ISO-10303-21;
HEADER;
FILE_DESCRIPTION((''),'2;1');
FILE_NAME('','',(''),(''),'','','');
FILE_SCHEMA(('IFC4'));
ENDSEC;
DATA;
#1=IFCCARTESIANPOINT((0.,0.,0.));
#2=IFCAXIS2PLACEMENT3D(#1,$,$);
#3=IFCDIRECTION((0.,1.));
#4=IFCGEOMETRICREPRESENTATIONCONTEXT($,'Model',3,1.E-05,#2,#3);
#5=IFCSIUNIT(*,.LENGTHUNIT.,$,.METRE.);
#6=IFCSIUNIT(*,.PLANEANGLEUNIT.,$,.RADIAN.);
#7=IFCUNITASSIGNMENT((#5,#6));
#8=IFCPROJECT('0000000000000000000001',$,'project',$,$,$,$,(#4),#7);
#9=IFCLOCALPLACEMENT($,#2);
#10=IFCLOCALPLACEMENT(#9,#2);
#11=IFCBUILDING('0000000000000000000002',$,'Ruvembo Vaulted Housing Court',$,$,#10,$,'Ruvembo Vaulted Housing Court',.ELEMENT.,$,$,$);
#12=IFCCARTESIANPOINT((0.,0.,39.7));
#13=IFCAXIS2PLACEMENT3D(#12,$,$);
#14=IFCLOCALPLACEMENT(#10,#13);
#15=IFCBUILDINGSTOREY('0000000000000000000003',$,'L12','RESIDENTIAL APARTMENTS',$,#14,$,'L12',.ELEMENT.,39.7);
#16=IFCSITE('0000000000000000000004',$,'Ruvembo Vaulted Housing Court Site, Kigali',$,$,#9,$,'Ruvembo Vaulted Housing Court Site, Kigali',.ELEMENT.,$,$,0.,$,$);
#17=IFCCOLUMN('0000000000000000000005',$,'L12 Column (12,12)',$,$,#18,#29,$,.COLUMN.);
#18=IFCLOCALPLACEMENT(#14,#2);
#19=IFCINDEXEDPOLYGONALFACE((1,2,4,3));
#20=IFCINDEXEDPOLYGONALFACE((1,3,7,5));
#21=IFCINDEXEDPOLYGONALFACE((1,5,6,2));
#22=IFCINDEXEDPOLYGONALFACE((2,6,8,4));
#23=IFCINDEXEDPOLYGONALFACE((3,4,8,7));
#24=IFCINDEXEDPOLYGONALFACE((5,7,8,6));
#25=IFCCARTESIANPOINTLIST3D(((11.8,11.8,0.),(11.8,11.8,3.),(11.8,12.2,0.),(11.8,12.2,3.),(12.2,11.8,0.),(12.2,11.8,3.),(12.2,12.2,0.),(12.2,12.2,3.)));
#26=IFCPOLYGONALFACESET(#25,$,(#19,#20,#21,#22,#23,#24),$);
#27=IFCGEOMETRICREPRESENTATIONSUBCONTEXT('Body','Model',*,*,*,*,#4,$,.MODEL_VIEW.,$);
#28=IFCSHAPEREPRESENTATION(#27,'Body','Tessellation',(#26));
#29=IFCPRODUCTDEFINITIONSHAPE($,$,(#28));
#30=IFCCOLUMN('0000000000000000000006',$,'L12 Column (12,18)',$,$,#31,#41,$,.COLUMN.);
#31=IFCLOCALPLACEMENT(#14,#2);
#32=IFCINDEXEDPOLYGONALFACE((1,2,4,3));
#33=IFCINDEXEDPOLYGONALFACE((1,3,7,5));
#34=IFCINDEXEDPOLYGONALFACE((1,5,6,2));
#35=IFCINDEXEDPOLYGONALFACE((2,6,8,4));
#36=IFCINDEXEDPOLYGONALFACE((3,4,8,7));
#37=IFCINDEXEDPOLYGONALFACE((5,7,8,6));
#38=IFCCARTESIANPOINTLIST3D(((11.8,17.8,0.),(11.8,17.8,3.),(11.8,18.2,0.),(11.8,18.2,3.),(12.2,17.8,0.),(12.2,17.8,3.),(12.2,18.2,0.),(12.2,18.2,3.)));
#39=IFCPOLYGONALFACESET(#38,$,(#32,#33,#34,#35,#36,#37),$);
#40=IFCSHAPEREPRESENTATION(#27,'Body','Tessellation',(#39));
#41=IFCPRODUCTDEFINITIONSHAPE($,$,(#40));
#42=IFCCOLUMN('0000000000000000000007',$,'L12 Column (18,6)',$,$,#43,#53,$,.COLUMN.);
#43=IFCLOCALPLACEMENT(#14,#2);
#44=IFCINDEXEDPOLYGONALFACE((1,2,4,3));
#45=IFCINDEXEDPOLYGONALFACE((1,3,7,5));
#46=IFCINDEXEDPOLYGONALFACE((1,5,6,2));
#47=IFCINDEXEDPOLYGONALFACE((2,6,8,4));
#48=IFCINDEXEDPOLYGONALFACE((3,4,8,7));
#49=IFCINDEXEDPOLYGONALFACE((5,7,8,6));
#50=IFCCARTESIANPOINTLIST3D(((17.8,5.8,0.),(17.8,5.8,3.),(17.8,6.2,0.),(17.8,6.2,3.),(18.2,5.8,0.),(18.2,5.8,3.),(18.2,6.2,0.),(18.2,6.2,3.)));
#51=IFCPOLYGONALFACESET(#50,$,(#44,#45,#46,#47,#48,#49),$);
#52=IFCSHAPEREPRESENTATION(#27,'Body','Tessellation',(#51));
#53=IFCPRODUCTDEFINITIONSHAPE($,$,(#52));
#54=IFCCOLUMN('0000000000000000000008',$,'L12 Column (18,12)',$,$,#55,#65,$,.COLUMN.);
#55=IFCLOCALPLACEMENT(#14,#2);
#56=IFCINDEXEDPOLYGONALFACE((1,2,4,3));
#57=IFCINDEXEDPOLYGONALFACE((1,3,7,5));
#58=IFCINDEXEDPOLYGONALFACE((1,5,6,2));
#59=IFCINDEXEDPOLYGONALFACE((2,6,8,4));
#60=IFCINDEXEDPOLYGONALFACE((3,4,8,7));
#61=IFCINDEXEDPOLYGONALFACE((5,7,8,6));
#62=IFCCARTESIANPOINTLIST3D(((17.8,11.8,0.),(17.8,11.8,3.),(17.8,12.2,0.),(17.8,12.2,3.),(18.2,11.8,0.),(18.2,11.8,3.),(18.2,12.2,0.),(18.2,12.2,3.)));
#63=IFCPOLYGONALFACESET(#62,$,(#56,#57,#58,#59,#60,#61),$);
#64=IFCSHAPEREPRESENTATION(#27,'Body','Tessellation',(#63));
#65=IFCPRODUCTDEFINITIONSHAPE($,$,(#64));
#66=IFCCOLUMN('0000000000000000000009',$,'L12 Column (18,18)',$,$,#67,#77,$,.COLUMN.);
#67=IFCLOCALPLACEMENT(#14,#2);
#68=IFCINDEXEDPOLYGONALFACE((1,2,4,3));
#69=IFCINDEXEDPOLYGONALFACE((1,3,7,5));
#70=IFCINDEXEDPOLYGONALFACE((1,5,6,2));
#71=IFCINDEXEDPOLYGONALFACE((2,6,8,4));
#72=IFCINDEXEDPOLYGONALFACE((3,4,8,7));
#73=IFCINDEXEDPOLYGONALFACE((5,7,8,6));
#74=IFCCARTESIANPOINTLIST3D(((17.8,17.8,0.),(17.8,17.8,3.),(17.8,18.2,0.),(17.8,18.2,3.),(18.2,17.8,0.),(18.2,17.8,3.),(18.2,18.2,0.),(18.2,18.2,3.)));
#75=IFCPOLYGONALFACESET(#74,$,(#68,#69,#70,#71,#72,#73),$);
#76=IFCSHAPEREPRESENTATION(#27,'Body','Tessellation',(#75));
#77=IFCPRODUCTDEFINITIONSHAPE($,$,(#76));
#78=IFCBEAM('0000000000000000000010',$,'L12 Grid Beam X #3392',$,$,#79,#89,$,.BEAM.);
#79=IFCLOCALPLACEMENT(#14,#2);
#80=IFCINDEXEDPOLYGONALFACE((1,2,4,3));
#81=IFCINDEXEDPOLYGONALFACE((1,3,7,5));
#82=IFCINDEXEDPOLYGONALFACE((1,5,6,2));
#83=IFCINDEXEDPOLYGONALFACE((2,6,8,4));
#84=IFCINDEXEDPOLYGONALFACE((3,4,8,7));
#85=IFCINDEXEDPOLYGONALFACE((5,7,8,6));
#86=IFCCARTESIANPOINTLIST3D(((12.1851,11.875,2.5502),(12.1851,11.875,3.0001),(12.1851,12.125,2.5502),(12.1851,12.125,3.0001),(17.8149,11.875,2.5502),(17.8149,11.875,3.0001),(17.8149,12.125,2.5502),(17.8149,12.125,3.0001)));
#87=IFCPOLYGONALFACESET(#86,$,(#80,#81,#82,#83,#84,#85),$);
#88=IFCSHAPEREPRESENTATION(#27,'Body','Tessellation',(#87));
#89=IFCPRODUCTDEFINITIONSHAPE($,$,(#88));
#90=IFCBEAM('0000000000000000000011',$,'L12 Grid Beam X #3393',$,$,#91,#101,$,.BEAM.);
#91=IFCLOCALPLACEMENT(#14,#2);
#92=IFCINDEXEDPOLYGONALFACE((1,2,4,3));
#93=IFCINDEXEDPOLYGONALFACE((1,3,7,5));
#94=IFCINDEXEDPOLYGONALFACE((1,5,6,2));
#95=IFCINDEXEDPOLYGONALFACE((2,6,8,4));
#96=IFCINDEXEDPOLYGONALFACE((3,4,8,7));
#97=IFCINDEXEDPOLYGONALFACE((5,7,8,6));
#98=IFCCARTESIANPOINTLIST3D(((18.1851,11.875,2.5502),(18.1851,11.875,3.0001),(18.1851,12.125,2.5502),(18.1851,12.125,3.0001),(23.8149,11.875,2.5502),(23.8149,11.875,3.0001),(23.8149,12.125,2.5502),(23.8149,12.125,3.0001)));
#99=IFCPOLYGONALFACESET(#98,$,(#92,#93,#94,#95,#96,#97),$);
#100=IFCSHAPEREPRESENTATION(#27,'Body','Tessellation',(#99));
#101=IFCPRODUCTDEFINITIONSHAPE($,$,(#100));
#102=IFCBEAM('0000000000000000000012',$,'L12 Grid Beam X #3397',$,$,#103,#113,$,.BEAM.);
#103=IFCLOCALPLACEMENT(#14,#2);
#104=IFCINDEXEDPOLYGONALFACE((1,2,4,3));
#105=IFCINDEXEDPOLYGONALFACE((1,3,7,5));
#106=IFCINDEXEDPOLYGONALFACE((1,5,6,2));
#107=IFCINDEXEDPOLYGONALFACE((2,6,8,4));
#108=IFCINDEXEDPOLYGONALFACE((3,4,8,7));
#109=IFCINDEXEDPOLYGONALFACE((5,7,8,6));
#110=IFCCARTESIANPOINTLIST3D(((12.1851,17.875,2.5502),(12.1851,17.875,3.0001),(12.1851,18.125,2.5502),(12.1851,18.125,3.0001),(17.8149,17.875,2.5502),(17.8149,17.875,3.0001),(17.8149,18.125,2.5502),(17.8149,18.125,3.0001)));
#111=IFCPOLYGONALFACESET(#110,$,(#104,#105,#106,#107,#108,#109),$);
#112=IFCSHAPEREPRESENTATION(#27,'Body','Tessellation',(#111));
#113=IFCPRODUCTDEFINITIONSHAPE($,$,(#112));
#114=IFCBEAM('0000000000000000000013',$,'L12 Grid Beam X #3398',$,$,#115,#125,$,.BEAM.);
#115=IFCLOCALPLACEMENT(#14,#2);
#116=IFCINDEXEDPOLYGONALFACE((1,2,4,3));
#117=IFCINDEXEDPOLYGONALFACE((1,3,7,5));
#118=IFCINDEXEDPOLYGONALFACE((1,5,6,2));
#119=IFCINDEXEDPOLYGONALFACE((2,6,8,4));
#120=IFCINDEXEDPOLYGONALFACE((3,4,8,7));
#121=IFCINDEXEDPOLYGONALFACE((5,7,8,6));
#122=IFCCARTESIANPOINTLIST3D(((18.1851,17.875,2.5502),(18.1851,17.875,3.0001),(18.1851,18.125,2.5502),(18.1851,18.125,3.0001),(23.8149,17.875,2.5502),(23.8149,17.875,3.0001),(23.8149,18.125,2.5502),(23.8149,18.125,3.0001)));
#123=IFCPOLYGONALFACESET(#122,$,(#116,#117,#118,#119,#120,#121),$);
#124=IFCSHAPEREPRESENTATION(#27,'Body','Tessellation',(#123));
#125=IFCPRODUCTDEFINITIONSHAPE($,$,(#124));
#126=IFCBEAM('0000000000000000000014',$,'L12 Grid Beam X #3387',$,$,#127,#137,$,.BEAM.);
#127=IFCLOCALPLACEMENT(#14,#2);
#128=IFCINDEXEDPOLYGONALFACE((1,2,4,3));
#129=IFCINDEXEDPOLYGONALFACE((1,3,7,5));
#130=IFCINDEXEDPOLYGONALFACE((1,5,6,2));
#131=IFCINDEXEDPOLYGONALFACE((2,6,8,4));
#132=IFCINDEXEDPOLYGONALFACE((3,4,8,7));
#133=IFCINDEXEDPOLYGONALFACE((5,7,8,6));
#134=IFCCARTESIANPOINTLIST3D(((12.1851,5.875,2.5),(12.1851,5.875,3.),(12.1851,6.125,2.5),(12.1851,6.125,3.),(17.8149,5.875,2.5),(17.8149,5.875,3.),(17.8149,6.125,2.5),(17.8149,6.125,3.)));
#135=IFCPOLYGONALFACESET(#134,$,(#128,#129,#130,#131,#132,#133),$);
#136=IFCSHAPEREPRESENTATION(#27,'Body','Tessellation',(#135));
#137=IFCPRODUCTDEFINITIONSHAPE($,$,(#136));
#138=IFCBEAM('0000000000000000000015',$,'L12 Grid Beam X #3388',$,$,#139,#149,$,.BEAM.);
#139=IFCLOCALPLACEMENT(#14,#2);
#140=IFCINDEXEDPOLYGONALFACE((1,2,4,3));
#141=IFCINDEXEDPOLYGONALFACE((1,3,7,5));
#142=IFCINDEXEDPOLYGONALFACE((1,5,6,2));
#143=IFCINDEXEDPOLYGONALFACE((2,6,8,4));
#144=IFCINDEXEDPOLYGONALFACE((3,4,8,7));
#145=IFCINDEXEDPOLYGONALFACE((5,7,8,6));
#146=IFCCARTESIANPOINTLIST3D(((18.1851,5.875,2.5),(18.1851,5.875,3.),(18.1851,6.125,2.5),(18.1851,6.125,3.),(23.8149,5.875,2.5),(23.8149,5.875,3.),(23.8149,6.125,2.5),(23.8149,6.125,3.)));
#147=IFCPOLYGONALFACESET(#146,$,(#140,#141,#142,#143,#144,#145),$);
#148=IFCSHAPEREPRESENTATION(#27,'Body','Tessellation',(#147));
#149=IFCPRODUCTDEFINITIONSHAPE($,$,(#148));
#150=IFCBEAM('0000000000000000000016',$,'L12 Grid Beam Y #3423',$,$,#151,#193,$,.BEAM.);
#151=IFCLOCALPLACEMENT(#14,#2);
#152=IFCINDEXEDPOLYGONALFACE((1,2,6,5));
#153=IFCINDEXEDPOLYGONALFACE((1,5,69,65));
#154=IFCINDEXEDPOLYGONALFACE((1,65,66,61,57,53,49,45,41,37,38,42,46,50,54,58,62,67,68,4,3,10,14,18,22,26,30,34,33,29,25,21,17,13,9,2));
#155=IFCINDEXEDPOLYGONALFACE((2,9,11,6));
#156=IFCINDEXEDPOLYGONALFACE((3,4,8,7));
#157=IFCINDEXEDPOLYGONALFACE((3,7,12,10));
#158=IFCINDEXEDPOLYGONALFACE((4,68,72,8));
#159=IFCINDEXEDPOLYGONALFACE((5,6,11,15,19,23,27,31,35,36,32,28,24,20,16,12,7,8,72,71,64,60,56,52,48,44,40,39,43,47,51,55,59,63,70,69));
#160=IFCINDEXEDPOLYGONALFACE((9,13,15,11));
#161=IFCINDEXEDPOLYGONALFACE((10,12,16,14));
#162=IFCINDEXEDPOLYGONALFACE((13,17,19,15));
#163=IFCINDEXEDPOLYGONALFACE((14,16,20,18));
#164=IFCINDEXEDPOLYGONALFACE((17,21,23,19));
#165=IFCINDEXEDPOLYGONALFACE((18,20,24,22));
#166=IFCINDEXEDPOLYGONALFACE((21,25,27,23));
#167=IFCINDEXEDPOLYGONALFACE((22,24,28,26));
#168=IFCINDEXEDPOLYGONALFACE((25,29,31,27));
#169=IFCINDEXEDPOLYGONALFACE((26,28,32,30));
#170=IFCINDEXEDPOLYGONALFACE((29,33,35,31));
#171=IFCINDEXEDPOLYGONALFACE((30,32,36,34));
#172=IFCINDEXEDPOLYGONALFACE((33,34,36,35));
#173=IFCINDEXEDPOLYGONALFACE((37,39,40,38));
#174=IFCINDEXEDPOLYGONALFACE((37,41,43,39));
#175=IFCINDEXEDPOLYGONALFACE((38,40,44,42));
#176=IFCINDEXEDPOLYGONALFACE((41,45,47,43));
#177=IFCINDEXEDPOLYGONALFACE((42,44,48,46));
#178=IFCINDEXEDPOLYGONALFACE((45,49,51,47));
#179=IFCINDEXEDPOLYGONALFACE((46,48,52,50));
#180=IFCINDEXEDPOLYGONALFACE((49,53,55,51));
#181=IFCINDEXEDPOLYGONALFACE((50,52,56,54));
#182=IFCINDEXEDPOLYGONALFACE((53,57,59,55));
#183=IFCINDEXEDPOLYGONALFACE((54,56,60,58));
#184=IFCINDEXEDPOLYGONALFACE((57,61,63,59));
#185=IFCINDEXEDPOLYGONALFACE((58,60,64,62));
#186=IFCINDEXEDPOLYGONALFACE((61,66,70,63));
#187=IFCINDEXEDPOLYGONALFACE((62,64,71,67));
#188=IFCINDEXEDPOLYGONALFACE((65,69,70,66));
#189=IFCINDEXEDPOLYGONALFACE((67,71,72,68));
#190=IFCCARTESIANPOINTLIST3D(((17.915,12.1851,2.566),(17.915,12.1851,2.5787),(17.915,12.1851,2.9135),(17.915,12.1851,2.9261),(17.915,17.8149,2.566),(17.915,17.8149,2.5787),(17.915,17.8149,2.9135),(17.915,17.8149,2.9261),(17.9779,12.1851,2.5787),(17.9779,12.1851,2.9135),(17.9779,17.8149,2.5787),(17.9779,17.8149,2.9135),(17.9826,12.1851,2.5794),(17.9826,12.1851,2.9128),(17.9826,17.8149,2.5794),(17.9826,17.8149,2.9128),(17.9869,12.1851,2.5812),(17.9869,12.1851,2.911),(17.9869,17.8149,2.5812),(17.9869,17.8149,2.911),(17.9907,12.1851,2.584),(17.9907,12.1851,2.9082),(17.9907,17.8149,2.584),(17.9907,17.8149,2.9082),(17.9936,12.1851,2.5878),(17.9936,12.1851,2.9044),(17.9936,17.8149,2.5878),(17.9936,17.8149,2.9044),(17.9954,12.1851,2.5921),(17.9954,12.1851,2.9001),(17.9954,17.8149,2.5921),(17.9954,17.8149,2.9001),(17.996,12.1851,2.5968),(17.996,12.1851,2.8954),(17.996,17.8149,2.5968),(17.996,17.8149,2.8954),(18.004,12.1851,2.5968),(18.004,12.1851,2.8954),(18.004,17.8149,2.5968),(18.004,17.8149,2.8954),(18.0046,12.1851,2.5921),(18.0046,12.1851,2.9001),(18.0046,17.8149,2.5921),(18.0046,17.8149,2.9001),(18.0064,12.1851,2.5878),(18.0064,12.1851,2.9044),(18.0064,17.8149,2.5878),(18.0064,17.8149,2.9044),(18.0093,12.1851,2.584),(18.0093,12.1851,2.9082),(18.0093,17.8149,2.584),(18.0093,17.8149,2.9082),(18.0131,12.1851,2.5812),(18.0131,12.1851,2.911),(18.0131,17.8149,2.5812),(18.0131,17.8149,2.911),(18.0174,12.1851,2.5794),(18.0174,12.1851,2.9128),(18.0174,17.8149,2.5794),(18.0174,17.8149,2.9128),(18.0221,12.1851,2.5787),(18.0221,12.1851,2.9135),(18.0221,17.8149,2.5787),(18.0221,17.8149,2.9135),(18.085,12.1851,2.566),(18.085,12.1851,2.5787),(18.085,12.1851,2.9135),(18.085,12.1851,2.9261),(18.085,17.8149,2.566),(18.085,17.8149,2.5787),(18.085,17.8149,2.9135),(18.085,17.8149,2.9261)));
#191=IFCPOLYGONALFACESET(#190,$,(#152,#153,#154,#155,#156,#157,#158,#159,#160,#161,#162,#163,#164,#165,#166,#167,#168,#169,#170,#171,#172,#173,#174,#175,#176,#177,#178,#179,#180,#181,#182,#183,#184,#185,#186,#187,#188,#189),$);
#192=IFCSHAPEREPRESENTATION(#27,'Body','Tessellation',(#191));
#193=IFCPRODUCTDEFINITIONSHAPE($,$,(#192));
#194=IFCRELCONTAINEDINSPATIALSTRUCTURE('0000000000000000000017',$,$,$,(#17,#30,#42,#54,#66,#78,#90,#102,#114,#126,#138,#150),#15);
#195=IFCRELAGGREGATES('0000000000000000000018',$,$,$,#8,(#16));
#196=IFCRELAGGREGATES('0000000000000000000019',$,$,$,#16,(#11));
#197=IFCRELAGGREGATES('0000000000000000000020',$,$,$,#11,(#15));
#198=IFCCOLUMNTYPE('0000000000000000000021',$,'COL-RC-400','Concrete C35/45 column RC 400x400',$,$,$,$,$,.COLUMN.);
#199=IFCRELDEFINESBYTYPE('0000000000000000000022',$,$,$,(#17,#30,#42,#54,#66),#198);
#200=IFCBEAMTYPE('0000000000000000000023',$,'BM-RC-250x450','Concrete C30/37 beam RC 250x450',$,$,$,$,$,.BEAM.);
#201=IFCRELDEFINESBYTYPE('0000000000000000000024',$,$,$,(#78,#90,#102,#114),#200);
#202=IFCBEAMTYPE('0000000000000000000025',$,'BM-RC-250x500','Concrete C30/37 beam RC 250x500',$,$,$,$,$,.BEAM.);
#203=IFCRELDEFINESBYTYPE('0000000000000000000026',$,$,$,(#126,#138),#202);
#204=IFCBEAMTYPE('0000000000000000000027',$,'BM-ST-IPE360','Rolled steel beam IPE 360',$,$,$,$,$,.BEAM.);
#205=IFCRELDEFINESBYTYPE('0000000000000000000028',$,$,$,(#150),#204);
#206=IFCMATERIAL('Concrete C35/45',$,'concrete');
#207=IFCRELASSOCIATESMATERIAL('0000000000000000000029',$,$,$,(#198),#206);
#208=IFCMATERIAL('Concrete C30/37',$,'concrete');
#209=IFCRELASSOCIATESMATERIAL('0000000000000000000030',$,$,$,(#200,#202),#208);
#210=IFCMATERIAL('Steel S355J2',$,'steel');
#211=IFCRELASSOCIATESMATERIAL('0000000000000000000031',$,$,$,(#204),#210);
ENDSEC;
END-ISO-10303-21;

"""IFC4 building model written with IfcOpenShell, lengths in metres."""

from ifc_helpers import new_model, si_unit, direction, frame, origin, origin_2d, place, context, subcontext, project, spatial, rectangle, i_section, extrude, material, material_profile, profile_set, type_object, element, save


model = new_model("IFC4")

# Units and contexts
model_context = context("Model", 3, precision=1e-05, world=origin(), true_north=direction((0.0, 1.0)))
body_context = subcontext(model_context, "Body", "Model", "MODEL_VIEW")
ifc_project = project(units=[si_unit("LENGTHUNIT", "METRE"), si_unit("PLANEANGLEUNIT", "RADIAN")], contexts=[model_context])

# Site, building, storey
site_placement = place(None, origin())
site = spatial("IfcSite", under=ifc_project, at=site_placement, Name="Ruvembo Vaulted Housing Court Site, Kigali", LongName="Ruvembo Vaulted Housing Court Site, Kigali", CompositionType="ELEMENT", RefElevation=0.0)
building_placement = place(site_placement, origin())
building = spatial("IfcBuilding", under=site, at=building_placement, Name="Ruvembo Vaulted Housing Court", LongName="Ruvembo Vaulted Housing Court", CompositionType="ELEMENT")
storey_placement = place(building_placement, frame((0.0, 0.0, 39.7)))
storey = spatial("IfcBuildingStorey", under=building, at=storey_placement, Name="L12", Description="RESIDENTIAL APARTMENTS", LongName="L12", CompositionType="ELEMENT", Elevation=39.7)

# Columns
ifc_material_1 = material(Name="Concrete C35/45", Category="concrete")
ifc_material_profile_1 = material_profile(ifc_material_1, rectangle(XDim=0.3999, YDim=0.3999, at=origin_2d()), Name="RC 400x400")
ifc_profile_set_1 = profile_set([ifc_material_profile_1], Name="Concrete C35/45")
column_type = type_object("IfcColumnType", Name="COL-RC-400", Description="Concrete C35/45 column RC 400x400", PredefinedType="COLUMN", material=ifc_profile_set_1)
for number, where, z_axis, x_axis, name in (
    (1, (12.0, 12.0, 0.0), (0.0, 0.0, 1.0), (1.0, 0.0, 0.0), "L12 Column (12,12)"),
    (2, (12.0, 18.0, 0.0), (0.0, 0.0, 1.0), (1.0, 0.0, 0.0), "L12 Column (12,18)"),
    (3, (18.0, 6.0, 0.0), (0.0, 0.0, 1.0), (1.0, 0.0, 0.0), "L12 Column (18,6)"),
    (4, (18.0, 12.0, 0.0), (0.0, 0.0, 1.0), (1.0, 0.0, 0.0), "L12 Column (18,12)"),
    (5, (18.0, 18.0, 0.0), (0.0, 0.0, 1.0), (1.0, 0.0, 0.0), "L12 Column (18,18)"),
):
    element("IfcColumn", number, at=place(storey_placement, frame(where, z_axis=z_axis, x_axis=x_axis)), inside=storey, type_object=column_type, Name=name, PredefinedType="COLUMN", context=body_context, shape_type="SweptSolid", body=[
        extrude(rectangle(XDim=0.3999, YDim=0.3999, at=origin_2d()), origin(), (0.0, 0.0, 1.0), 3.0),
    ])

# Beams
ifc_material_2 = material(Name="Concrete C30/37", Category="concrete")
ifc_material_profile_2 = material_profile(ifc_material_2, rectangle(XDim=0.25, YDim=0.45, at=origin_2d()), Name="RC 250x450")
ifc_profile_set_2 = profile_set([ifc_material_profile_2], Name="Concrete C30/37")
beam_type_1 = type_object("IfcBeamType", Name="BM-RC-250x450", Description="Concrete C30/37 beam RC 250x450", PredefinedType="BEAM", material=ifc_profile_set_2)
for number, where, z_axis, x_axis, name in (
    (6, (12.1851, 12.0, 2.7751), (1.0, 0.0, 0.0), (0.0, 1.0, 0.0), "L12 Grid Beam X #3392"),
    (7, (18.1851, 12.0, 2.7751), (1.0, 0.0, 0.0), (0.0, 1.0, 0.0), "L12 Grid Beam X #3393"),
    (8, (12.1851, 18.0, 2.7751), (1.0, 0.0, 0.0), (0.0, 1.0, 0.0), "L12 Grid Beam X #3397"),
    (9, (18.1851, 18.0, 2.7751), (1.0, 0.0, 0.0), (0.0, 1.0, 0.0), "L12 Grid Beam X #3398"),
):
    element("IfcBeam", number, at=place(storey_placement, frame(where, z_axis=z_axis, x_axis=x_axis)), inside=storey, type_object=beam_type_1, Name=name, PredefinedType="BEAM", context=body_context, shape_type="SweptSolid", body=[
        extrude(rectangle(XDim=0.25, YDim=0.45, at=origin_2d()), origin(), (0.0, 0.0, 1.0), 5.6299),
    ])
ifc_material_profile_3 = material_profile(ifc_material_2, rectangle(XDim=0.25, YDim=0.5, at=origin_2d()), Name="RC 250x500")
ifc_profile_set_3 = profile_set([ifc_material_profile_3], Name="Concrete C30/37")
beam_type_2 = type_object("IfcBeamType", Name="BM-RC-250x500", Description="Concrete C30/37 beam RC 250x500", PredefinedType="BEAM", material=ifc_profile_set_3)
for number, where, z_axis, x_axis, name in (
    (10, (12.1851, 6.0, 2.75), (1.0, 0.0, 0.0), (0.0, 1.0, 0.0), "L12 Grid Beam X #3387"),
    (11, (18.1851, 6.0, 2.75), (1.0, 0.0, 0.0), (0.0, 1.0, 0.0), "L12 Grid Beam X #3388"),
):
    element("IfcBeam", number, at=place(storey_placement, frame(where, z_axis=z_axis, x_axis=x_axis)), inside=storey, type_object=beam_type_2, Name=name, PredefinedType="BEAM", context=body_context, shape_type="SweptSolid", body=[
        extrude(rectangle(XDim=0.25, YDim=0.5, at=origin_2d()), origin(), (0.0, 0.0, 1.0), 5.6299),
    ])
ifc_material_3 = material(Name="Steel S355J2", Category="steel")
ifc_material_profile_4 = material_profile(ifc_material_3, i_section(OverallWidth=0.1699, OverallDepth=0.3601, WebThickness=0.0081, FlangeThickness=0.0127, FilletRadius=0.0181, at=origin_2d()), Name="IPE 360")
ifc_profile_set_4 = profile_set([ifc_material_profile_4], Name="Steel S355J2")
beam_type_3 = type_object("IfcBeamType", Name="BM-ST-IPE360", Description="Rolled steel beam IPE 360", PredefinedType="BEAM", material=ifc_profile_set_4)
beam_1_placement = place(storey_placement, frame((18.0, 12.1851, 2.7461), z_axis=(0.0, 1.0, 0.0), x_axis=(-1.0, 0.0, 0.0)))
element("IfcBeam", 12, at=beam_1_placement, inside=storey, type_object=beam_type_3, Name="L12 Grid Beam Y #3423", PredefinedType="BEAM", context=body_context, shape_type="SweptSolid", body=[
    extrude(i_section(OverallWidth=0.1699, OverallDepth=0.3601, WebThickness=0.0081, FlangeThickness=0.0127, FilletRadius=0.0181, at=origin_2d()), origin(), (0.0, 0.0, 1.0), 5.6299),
])

save(model, "model.ifc")
